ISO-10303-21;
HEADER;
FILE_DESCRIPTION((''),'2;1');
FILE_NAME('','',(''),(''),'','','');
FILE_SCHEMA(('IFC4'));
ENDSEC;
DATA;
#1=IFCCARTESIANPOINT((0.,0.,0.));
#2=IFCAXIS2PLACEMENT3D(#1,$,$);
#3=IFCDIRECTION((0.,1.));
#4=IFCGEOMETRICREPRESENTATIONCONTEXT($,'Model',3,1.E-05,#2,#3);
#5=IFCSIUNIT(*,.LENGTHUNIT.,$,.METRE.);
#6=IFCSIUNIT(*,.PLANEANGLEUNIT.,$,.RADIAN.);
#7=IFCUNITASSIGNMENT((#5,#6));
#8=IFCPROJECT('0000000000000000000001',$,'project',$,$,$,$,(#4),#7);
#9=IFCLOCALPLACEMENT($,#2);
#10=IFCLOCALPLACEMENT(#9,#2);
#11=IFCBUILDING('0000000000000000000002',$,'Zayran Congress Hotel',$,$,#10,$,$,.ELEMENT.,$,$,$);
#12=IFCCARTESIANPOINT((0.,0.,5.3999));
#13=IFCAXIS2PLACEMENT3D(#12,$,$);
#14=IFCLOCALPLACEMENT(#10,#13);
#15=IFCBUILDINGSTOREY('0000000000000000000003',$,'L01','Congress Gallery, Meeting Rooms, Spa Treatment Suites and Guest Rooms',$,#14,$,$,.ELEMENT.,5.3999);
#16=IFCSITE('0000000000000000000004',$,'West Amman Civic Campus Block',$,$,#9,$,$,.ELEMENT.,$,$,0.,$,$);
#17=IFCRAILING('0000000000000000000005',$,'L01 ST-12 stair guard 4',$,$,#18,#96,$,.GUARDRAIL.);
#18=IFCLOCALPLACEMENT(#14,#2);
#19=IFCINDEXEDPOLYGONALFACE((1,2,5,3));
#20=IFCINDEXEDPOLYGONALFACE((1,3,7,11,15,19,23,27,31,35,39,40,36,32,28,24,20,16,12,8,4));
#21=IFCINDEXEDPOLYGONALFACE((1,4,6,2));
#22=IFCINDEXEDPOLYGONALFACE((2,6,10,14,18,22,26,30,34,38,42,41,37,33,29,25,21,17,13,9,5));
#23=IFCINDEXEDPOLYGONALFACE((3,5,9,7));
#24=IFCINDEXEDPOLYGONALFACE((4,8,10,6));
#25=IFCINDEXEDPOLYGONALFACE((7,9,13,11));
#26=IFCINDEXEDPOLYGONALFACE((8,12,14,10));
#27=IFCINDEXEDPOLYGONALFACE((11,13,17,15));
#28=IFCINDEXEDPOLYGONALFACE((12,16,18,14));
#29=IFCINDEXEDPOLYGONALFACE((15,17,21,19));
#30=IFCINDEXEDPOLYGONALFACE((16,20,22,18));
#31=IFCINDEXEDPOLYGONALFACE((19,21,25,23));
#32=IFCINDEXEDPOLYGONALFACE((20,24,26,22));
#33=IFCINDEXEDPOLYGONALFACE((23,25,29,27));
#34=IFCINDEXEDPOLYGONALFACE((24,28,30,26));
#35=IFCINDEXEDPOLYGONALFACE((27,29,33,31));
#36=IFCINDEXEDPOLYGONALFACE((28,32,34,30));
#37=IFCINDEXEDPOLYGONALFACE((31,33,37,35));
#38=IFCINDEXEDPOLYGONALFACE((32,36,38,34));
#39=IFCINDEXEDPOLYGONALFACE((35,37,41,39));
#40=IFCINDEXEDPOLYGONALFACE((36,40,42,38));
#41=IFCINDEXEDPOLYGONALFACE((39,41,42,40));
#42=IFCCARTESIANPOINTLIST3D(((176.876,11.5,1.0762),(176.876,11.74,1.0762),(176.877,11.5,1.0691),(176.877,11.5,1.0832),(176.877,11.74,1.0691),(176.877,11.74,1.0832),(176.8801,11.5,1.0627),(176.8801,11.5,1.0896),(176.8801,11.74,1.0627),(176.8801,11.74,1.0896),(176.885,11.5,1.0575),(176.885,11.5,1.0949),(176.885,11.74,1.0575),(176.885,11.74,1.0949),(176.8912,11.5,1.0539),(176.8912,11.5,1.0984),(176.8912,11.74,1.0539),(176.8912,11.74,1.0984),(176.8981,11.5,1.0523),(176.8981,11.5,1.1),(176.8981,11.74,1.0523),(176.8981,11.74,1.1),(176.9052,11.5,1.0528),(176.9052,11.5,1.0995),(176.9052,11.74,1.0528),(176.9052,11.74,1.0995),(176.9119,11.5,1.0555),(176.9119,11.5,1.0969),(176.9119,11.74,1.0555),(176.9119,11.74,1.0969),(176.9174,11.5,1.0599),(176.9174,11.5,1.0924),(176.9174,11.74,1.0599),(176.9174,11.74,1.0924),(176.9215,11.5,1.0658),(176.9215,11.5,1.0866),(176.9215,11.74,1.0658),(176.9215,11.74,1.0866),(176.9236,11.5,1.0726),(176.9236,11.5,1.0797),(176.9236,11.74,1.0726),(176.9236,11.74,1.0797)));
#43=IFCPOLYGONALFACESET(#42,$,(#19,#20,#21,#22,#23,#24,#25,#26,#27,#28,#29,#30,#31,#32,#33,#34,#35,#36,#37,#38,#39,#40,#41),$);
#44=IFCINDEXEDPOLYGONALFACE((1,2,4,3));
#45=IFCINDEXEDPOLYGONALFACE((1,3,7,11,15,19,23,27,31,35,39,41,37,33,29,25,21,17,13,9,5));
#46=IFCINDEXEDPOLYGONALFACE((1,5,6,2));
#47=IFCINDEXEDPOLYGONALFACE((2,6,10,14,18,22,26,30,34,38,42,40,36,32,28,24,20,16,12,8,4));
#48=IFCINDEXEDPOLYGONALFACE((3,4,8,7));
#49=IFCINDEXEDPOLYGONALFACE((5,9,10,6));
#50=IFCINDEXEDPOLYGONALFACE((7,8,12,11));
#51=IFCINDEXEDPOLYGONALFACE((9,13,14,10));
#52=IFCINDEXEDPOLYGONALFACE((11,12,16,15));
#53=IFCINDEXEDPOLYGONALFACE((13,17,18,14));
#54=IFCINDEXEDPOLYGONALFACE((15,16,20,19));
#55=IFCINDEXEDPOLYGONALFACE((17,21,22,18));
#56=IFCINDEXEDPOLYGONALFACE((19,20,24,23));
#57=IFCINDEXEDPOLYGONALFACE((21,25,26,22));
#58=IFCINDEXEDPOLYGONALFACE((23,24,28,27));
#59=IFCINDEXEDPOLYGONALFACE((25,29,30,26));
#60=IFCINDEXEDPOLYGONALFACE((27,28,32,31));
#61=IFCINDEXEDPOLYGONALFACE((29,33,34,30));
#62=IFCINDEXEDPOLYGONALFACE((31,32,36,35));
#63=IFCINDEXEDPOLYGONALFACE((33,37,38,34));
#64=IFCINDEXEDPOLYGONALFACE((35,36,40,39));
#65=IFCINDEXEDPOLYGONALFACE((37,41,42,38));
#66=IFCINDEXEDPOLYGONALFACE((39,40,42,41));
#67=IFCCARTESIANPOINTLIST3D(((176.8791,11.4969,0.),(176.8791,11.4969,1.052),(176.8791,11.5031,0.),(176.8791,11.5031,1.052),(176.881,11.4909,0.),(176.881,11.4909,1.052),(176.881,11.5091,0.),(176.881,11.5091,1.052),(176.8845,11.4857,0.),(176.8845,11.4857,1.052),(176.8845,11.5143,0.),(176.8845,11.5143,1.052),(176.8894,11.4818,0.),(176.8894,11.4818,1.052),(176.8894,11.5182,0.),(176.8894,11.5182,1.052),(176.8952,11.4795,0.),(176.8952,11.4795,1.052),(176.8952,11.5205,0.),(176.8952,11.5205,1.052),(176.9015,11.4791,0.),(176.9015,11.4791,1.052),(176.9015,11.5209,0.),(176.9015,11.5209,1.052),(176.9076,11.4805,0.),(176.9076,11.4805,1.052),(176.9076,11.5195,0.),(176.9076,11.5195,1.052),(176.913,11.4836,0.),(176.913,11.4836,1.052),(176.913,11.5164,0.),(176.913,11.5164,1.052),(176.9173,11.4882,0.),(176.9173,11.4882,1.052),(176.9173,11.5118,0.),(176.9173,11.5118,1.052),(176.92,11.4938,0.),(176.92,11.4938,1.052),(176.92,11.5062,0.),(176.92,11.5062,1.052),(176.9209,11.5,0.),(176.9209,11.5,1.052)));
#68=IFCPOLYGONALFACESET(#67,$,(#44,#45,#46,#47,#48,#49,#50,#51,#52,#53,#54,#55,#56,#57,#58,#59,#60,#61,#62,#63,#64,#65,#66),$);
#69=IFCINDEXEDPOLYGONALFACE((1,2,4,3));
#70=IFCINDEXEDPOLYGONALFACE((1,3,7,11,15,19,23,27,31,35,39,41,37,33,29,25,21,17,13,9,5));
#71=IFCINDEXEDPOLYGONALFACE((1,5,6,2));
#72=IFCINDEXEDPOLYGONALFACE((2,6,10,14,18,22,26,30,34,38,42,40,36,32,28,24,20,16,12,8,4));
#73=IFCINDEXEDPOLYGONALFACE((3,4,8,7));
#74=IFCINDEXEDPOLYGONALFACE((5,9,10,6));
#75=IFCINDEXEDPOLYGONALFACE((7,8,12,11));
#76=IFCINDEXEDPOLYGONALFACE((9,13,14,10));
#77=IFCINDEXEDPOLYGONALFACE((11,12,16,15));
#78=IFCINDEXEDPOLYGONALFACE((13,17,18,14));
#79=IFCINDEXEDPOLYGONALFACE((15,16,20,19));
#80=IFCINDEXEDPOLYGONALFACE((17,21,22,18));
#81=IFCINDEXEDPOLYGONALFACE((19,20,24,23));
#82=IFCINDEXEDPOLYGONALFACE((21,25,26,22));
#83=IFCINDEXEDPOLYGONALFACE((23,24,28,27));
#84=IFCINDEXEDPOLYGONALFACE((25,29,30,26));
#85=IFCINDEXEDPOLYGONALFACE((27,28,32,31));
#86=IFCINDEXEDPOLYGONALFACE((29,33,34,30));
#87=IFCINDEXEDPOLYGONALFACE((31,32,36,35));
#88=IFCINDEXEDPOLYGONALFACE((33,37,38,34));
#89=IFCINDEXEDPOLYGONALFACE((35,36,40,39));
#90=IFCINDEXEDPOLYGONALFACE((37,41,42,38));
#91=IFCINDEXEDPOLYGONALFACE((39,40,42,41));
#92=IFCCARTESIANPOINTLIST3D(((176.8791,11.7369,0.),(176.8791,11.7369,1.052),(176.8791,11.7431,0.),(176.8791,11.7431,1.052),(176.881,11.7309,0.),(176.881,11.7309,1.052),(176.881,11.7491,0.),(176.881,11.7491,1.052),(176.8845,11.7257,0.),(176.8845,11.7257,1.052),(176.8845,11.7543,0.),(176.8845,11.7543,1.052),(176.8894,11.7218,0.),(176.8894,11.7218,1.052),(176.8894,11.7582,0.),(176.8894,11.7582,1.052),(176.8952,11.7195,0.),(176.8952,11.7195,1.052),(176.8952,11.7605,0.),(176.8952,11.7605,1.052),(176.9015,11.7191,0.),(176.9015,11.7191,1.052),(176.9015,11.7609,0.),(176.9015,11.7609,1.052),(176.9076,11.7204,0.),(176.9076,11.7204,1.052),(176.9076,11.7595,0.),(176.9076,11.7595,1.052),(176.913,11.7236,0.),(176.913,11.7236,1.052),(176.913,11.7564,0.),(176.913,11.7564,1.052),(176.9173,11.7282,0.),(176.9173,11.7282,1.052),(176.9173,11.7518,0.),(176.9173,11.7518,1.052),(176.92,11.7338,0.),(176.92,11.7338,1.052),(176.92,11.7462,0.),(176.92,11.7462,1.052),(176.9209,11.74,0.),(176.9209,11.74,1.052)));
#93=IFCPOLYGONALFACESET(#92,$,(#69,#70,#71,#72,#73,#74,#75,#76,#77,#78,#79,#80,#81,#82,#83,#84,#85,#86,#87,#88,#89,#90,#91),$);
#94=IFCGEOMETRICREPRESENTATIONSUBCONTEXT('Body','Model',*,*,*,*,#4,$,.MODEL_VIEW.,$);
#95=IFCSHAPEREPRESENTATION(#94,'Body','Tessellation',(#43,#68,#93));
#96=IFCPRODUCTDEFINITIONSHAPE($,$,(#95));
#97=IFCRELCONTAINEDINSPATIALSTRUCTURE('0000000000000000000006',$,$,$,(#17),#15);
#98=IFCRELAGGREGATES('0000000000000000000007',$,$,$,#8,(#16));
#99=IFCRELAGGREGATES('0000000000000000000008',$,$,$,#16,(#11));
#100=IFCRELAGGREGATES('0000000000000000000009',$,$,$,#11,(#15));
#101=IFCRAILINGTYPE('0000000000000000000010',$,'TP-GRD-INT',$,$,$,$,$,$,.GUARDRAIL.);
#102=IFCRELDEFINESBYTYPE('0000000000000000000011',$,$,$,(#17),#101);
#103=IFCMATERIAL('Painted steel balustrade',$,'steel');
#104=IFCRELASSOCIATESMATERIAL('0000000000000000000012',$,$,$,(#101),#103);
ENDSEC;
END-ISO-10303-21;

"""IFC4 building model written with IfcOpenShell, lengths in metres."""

from ifc_helpers import new_model, si_unit, direction, frame, origin, origin_2d, place, context, subcontext, project, spatial, circle, extrude, material, type_object, element, save


model = new_model("IFC4")

# Units and contexts
model_context = context("Model", 3, precision=1e-05, world=origin(), true_north=direction((0.0, 1.0)))
body_context = subcontext(model_context, "Body", "Model", "MODEL_VIEW")
ifc_project = project(units=[si_unit("LENGTHUNIT", "METRE"), si_unit("PLANEANGLEUNIT", "RADIAN")], contexts=[model_context])

# Site, building, storey
site_placement = place(None, origin())
site = spatial("IfcSite", under=ifc_project, at=site_placement, Name="West Amman Civic Campus Block", CompositionType="ELEMENT", RefElevation=0.0)
building_placement = place(site_placement, origin())
building = spatial("IfcBuilding", under=site, at=building_placement, Name="Zayran Congress Hotel", CompositionType="ELEMENT")
storey_placement = place(building_placement, frame((0.0, 0.0, 5.3999)))
storey = spatial("IfcBuildingStorey", under=building, at=storey_placement, Name="L01", Description="Congress Gallery, Meeting Rooms, Spa Treatment Suites and Guest Rooms", CompositionType="ELEMENT", Elevation=5.3999)

# Railing
ifc_material_1 = material(Name="Painted steel balustrade", Category="steel")
railing_type_1 = type_object("IfcRailingType", Name="TP-GRD-INT", PredefinedType="GUARDRAIL", material=ifc_material_1)
railing_1_placement = place(storey_placement, frame((176.8999, 11.5, 0.0)))
element("IfcRailing", 1, at=railing_1_placement, inside=storey, type_object=railing_type_1, Name="L01 ST-12 stair guard 4", PredefinedType="GUARDRAIL", context=body_context, shape_type="SweptSolid", body=[
    extrude(circle(Radius=0.0239, at=origin_2d()), frame((0.0, 0.0, 1.0762), z_axis=(0.0, 1.0, 0.0), x_axis=(-1.0, 0.0, 0.0)), (0.0, 0.0, 1.0), 0.24),
    extrude(circle(Radius=0.021, at=origin_2d()), origin(), (0.0, 0.0, 1.0), 1.052),
    extrude(circle(Radius=0.021, at=origin_2d()), frame((0.0, 0.24, 0.0)), (0.0, 0.0, 1.0), 1.052),
])

save(model, "model.ifc")
